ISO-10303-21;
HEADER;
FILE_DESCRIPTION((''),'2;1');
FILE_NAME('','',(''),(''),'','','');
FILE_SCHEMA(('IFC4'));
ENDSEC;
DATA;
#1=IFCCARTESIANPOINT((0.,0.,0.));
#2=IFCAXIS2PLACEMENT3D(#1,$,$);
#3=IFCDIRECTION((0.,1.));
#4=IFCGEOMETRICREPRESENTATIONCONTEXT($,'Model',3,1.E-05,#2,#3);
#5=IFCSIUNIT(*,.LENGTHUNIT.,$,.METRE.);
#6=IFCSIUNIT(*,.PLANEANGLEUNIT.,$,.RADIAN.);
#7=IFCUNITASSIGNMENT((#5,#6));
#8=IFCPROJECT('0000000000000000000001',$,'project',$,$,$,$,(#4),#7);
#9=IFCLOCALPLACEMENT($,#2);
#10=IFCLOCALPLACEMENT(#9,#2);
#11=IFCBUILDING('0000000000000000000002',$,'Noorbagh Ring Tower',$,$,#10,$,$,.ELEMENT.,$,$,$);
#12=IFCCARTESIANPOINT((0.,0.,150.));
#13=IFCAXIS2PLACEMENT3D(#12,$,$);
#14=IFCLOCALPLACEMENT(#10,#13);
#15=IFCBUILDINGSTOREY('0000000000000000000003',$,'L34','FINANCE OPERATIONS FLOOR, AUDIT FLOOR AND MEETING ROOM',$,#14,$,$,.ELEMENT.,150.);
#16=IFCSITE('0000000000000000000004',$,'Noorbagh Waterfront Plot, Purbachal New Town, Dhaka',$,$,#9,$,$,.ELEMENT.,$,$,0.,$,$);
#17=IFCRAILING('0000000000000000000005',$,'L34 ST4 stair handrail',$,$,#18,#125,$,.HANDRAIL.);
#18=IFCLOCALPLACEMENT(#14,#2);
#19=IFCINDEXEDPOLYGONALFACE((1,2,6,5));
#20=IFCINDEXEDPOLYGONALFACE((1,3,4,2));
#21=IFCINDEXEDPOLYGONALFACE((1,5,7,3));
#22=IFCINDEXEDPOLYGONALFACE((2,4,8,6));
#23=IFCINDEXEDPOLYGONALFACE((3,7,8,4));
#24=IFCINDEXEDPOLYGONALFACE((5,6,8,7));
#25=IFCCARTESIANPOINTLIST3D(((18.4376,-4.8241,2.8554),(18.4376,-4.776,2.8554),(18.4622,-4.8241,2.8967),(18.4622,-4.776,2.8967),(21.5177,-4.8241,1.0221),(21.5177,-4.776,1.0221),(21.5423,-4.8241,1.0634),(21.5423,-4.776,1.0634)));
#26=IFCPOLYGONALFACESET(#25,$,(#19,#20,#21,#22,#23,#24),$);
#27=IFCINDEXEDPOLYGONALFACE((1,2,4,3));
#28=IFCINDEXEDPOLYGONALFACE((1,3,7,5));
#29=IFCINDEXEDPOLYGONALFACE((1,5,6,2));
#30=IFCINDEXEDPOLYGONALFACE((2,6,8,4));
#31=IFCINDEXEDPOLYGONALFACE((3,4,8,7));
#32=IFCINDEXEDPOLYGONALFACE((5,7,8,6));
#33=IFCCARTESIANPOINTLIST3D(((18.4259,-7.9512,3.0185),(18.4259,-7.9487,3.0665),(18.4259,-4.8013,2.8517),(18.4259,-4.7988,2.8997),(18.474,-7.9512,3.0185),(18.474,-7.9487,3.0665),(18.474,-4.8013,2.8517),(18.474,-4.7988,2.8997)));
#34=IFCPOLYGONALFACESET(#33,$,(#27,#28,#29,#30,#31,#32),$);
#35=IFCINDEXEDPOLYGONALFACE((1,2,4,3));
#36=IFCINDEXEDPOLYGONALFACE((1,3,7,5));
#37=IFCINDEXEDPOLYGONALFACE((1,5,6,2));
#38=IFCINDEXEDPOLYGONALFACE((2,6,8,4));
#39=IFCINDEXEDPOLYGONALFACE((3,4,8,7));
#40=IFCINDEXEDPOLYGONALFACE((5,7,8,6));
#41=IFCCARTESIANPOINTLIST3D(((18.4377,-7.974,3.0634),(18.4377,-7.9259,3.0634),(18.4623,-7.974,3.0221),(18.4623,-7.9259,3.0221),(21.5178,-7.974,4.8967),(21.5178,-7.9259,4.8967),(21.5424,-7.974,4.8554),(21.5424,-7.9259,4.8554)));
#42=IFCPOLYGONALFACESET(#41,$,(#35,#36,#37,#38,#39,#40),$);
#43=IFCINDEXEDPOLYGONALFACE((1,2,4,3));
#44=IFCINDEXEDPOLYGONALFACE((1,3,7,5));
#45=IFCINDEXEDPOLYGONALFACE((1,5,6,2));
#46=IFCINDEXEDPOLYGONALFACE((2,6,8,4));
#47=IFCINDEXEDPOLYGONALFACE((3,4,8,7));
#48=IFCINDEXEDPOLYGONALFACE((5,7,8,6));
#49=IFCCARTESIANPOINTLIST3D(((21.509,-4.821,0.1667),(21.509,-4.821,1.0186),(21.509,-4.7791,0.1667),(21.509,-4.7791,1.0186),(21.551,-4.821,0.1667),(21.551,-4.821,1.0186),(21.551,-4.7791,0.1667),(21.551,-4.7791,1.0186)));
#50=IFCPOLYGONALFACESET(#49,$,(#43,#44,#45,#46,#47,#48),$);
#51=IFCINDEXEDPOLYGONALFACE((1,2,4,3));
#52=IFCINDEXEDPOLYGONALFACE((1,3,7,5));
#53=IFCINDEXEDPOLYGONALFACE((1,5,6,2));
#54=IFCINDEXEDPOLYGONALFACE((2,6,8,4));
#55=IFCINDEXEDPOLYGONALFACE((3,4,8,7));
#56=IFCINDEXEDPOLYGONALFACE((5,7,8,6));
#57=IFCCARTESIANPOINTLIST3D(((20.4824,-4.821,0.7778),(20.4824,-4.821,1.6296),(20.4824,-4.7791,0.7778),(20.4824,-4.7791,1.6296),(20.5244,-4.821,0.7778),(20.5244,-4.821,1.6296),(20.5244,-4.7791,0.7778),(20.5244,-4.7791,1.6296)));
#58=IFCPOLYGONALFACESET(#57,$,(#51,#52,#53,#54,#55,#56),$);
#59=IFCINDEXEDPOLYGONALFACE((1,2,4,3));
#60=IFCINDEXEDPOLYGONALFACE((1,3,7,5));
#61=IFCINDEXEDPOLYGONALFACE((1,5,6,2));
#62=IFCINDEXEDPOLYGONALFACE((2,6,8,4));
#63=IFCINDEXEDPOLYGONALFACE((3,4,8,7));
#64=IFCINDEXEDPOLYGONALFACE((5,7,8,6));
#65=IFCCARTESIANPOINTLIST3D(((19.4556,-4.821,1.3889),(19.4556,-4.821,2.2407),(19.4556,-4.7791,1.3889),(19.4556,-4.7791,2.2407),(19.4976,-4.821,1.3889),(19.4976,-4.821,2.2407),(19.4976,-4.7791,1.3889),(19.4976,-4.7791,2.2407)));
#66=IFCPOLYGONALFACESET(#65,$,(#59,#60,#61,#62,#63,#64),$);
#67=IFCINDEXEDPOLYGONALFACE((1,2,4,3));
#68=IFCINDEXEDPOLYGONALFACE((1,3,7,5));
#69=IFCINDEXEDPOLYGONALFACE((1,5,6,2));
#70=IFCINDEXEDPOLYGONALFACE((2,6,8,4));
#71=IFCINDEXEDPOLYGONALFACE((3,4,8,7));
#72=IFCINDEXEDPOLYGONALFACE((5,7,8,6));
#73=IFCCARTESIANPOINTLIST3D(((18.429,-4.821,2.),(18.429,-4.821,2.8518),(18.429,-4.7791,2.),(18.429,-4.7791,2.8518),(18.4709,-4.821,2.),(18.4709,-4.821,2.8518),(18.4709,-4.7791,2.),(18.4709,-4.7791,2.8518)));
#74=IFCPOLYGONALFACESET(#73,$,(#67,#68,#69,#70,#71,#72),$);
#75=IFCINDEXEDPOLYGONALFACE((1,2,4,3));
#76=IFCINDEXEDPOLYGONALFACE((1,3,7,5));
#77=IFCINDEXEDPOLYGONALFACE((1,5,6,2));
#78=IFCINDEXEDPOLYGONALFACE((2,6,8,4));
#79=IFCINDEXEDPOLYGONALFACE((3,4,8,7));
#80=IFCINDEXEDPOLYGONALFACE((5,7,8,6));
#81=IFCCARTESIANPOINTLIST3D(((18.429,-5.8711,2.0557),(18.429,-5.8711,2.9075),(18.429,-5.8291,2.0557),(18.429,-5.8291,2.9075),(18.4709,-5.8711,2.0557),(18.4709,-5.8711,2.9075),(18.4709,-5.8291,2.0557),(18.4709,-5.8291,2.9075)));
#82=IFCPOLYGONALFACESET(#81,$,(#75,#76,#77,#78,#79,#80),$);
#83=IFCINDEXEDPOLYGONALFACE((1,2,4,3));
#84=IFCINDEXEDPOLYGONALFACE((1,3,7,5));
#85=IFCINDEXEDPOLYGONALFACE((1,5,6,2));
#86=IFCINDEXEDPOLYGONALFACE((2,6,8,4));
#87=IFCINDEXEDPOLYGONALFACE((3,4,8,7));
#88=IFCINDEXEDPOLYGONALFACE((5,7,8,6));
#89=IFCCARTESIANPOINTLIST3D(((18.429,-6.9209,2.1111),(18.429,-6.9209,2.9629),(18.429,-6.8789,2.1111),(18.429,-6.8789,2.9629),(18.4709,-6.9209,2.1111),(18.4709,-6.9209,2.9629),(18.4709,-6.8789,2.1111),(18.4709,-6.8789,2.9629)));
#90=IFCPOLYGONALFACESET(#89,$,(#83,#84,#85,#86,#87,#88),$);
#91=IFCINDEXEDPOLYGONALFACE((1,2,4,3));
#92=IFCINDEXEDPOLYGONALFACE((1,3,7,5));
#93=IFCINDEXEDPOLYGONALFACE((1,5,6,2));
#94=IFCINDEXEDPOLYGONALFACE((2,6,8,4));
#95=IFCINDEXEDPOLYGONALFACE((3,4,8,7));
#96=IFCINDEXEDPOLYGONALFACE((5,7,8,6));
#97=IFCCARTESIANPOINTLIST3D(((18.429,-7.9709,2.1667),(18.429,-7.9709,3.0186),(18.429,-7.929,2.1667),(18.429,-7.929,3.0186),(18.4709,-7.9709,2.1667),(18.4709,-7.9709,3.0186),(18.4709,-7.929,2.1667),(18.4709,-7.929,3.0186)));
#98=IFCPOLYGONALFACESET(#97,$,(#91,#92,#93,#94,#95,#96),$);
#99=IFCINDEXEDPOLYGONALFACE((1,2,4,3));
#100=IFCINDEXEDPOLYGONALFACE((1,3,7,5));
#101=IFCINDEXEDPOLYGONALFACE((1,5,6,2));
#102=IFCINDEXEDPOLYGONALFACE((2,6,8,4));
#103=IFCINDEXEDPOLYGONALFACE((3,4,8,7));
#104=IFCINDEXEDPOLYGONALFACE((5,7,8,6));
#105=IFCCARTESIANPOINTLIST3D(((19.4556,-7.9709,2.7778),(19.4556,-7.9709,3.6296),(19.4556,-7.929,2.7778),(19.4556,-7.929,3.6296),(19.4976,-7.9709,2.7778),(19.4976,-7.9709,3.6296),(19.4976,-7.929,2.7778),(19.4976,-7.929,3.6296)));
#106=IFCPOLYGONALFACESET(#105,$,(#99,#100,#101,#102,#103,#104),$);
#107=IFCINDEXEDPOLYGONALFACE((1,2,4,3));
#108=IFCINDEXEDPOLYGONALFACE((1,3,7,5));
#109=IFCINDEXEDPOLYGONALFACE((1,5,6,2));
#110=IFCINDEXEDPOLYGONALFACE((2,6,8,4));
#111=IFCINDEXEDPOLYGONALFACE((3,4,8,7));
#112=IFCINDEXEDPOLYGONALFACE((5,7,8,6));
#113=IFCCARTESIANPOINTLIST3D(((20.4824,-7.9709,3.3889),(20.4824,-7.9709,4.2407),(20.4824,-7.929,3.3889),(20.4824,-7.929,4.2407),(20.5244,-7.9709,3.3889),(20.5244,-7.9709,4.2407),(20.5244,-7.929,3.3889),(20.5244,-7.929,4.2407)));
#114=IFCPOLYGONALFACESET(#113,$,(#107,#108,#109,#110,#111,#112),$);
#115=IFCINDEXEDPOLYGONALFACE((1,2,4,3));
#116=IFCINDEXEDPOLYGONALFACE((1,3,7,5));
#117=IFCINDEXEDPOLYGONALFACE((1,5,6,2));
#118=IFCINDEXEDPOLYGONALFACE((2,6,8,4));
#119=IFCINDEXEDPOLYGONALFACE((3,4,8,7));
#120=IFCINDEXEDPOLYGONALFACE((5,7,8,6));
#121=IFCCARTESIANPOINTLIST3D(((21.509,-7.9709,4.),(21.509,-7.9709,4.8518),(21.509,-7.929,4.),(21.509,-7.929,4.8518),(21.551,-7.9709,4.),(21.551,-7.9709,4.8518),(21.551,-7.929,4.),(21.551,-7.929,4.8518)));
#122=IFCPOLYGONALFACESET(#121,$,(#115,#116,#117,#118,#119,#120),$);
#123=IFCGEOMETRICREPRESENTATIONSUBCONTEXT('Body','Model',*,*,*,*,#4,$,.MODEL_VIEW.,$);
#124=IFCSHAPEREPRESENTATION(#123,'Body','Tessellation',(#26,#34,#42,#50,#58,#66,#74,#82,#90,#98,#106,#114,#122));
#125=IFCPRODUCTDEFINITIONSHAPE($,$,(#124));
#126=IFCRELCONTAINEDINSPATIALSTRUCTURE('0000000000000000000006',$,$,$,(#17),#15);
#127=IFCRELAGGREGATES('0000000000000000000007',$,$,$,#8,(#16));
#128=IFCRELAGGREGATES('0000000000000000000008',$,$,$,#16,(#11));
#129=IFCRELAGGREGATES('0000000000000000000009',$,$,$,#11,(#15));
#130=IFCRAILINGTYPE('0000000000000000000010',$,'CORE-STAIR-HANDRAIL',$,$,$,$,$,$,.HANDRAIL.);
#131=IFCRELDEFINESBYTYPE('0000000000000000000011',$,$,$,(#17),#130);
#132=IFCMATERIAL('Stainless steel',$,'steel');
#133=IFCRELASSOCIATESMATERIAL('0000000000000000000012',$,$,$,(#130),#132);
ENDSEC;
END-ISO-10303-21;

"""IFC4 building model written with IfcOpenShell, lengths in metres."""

from ifc_helpers import new_model, si_unit, direction, frame, origin, origin_2d, place, context, subcontext, project, spatial, rectangle, extrude, material, type_object, element, save


model = new_model("IFC4")

# Units and contexts
model_context = context("Model", 3, precision=1e-05, world=origin(), true_north=direction((0.0, 1.0)))
body_context = subcontext(model_context, "Body", "Model", "MODEL_VIEW")
ifc_project = project(units=[si_unit("LENGTHUNIT", "METRE"), si_unit("PLANEANGLEUNIT", "RADIAN")], contexts=[model_context])

# Site, building, storey
site_placement = place(None, origin())
site = spatial("IfcSite", under=ifc_project, at=site_placement, Name="Noorbagh Waterfront Plot, Purbachal New Town, Dhaka", CompositionType="ELEMENT", RefElevation=0.0)
building_placement = place(site_placement, origin())
building = spatial("IfcBuilding", under=site, at=building_placement, Name="Noorbagh Ring Tower", CompositionType="ELEMENT")
storey_placement = place(building_placement, frame((0.0, 0.0, 150.0)))
storey = spatial("IfcBuildingStorey", under=building, at=storey_placement, Name="L34", Description="FINANCE OPERATIONS FLOOR, AUDIT FLOOR AND MEETING ROOM", CompositionType="ELEMENT", Elevation=150.0)

# Railing
ifc_material_1 = material(Name="Stainless steel", Category="steel")
railing_type = type_object("IfcRailingType", Name="CORE-STAIR-HANDRAIL", PredefinedType="HANDRAIL", material=ifc_material_1)
railing_placement = place(storey_placement, frame((21.53, -4.8, 0.1667)))
element("IfcRailing", 1, at=railing_placement, inside=storey, type_object=railing_type, Name="L34 ST4 stair handrail", PredefinedType="HANDRAIL", context=body_context, shape_type="SweptSolid", body=[
    extrude(rectangle(XDim=0.0481, YDim=0.0481, at=origin_2d()), frame((0.0, 0.0, 0.876), z_axis=(-0.859309, 0.0, 0.511458), x_axis=(0.0, -1.0, 0.0)), (0.0, 0.0, 1.0), 3.5845),
    extrude(rectangle(XDim=0.0481, YDim=0.0481, at=origin_2d()), frame((-3.0801, 0.0, 2.709), z_axis=(0.0, -0.998602, 0.052864), x_axis=(1.0, 0.0, 0.0)), (0.0, 0.0, 1.0), 3.1543),
    extrude(rectangle(XDim=0.0481, YDim=0.0481, at=origin_2d()), frame((-3.0801, -3.1499, 2.876), z_axis=(0.859309, 0.0, 0.511458), x_axis=(0.0, 1.0, 0.0)), (0.0, 0.0, 1.0), 3.5845),
    extrude(rectangle(XDim=0.042, YDim=0.042, at=origin_2d()), origin(), (0.0, 0.0, 1.0), 0.8518),
    extrude(rectangle(XDim=0.042, YDim=0.042, at=origin_2d()), frame((-1.0266, 0.0, 0.6111)), (0.0, 0.0, 1.0), 0.8518),
    extrude(rectangle(XDim=0.042, YDim=0.042, at=origin_2d()), frame((-2.0535, 0.0, 1.2222)), (0.0, 0.0, 1.0), 0.8518),
    extrude(rectangle(XDim=0.042, YDim=0.042, at=origin_2d()), frame((-3.0801, 0.0, 1.8333)), (0.0, 0.0, 1.0), 0.8518),
    extrude(rectangle(XDim=0.042, YDim=0.042, at=origin_2d()), frame((-3.0801, -1.05, 1.8889)), (0.0, 0.0, 1.0), 0.8518),
    extrude(rectangle(XDim=0.042, YDim=0.042, at=origin_2d()), frame((-3.0801, -2.0999, 1.9443)), (0.0, 0.0, 1.0), 0.8518),
    extrude(rectangle(XDim=0.042, YDim=0.042, at=origin_2d()), frame((-3.0801, -3.1499, 2.0)), (0.0, 0.0, 1.0), 0.8518),
    extrude(rectangle(XDim=0.042, YDim=0.042, at=origin_2d()), frame((-2.0535, -3.1499, 2.6111)), (0.0, 0.0, 1.0), 0.8518),
    extrude(rectangle(XDim=0.042, YDim=0.042, at=origin_2d()), frame((-1.0266, -3.1499, 3.2222)), (0.0, 0.0, 1.0), 0.8518),
    extrude(rectangle(XDim=0.042, YDim=0.042, at=origin_2d()), frame((0.0, -3.1499, 3.8333)), (0.0, 0.0, 1.0), 0.8518),
])

save(model, "model.ifc")
